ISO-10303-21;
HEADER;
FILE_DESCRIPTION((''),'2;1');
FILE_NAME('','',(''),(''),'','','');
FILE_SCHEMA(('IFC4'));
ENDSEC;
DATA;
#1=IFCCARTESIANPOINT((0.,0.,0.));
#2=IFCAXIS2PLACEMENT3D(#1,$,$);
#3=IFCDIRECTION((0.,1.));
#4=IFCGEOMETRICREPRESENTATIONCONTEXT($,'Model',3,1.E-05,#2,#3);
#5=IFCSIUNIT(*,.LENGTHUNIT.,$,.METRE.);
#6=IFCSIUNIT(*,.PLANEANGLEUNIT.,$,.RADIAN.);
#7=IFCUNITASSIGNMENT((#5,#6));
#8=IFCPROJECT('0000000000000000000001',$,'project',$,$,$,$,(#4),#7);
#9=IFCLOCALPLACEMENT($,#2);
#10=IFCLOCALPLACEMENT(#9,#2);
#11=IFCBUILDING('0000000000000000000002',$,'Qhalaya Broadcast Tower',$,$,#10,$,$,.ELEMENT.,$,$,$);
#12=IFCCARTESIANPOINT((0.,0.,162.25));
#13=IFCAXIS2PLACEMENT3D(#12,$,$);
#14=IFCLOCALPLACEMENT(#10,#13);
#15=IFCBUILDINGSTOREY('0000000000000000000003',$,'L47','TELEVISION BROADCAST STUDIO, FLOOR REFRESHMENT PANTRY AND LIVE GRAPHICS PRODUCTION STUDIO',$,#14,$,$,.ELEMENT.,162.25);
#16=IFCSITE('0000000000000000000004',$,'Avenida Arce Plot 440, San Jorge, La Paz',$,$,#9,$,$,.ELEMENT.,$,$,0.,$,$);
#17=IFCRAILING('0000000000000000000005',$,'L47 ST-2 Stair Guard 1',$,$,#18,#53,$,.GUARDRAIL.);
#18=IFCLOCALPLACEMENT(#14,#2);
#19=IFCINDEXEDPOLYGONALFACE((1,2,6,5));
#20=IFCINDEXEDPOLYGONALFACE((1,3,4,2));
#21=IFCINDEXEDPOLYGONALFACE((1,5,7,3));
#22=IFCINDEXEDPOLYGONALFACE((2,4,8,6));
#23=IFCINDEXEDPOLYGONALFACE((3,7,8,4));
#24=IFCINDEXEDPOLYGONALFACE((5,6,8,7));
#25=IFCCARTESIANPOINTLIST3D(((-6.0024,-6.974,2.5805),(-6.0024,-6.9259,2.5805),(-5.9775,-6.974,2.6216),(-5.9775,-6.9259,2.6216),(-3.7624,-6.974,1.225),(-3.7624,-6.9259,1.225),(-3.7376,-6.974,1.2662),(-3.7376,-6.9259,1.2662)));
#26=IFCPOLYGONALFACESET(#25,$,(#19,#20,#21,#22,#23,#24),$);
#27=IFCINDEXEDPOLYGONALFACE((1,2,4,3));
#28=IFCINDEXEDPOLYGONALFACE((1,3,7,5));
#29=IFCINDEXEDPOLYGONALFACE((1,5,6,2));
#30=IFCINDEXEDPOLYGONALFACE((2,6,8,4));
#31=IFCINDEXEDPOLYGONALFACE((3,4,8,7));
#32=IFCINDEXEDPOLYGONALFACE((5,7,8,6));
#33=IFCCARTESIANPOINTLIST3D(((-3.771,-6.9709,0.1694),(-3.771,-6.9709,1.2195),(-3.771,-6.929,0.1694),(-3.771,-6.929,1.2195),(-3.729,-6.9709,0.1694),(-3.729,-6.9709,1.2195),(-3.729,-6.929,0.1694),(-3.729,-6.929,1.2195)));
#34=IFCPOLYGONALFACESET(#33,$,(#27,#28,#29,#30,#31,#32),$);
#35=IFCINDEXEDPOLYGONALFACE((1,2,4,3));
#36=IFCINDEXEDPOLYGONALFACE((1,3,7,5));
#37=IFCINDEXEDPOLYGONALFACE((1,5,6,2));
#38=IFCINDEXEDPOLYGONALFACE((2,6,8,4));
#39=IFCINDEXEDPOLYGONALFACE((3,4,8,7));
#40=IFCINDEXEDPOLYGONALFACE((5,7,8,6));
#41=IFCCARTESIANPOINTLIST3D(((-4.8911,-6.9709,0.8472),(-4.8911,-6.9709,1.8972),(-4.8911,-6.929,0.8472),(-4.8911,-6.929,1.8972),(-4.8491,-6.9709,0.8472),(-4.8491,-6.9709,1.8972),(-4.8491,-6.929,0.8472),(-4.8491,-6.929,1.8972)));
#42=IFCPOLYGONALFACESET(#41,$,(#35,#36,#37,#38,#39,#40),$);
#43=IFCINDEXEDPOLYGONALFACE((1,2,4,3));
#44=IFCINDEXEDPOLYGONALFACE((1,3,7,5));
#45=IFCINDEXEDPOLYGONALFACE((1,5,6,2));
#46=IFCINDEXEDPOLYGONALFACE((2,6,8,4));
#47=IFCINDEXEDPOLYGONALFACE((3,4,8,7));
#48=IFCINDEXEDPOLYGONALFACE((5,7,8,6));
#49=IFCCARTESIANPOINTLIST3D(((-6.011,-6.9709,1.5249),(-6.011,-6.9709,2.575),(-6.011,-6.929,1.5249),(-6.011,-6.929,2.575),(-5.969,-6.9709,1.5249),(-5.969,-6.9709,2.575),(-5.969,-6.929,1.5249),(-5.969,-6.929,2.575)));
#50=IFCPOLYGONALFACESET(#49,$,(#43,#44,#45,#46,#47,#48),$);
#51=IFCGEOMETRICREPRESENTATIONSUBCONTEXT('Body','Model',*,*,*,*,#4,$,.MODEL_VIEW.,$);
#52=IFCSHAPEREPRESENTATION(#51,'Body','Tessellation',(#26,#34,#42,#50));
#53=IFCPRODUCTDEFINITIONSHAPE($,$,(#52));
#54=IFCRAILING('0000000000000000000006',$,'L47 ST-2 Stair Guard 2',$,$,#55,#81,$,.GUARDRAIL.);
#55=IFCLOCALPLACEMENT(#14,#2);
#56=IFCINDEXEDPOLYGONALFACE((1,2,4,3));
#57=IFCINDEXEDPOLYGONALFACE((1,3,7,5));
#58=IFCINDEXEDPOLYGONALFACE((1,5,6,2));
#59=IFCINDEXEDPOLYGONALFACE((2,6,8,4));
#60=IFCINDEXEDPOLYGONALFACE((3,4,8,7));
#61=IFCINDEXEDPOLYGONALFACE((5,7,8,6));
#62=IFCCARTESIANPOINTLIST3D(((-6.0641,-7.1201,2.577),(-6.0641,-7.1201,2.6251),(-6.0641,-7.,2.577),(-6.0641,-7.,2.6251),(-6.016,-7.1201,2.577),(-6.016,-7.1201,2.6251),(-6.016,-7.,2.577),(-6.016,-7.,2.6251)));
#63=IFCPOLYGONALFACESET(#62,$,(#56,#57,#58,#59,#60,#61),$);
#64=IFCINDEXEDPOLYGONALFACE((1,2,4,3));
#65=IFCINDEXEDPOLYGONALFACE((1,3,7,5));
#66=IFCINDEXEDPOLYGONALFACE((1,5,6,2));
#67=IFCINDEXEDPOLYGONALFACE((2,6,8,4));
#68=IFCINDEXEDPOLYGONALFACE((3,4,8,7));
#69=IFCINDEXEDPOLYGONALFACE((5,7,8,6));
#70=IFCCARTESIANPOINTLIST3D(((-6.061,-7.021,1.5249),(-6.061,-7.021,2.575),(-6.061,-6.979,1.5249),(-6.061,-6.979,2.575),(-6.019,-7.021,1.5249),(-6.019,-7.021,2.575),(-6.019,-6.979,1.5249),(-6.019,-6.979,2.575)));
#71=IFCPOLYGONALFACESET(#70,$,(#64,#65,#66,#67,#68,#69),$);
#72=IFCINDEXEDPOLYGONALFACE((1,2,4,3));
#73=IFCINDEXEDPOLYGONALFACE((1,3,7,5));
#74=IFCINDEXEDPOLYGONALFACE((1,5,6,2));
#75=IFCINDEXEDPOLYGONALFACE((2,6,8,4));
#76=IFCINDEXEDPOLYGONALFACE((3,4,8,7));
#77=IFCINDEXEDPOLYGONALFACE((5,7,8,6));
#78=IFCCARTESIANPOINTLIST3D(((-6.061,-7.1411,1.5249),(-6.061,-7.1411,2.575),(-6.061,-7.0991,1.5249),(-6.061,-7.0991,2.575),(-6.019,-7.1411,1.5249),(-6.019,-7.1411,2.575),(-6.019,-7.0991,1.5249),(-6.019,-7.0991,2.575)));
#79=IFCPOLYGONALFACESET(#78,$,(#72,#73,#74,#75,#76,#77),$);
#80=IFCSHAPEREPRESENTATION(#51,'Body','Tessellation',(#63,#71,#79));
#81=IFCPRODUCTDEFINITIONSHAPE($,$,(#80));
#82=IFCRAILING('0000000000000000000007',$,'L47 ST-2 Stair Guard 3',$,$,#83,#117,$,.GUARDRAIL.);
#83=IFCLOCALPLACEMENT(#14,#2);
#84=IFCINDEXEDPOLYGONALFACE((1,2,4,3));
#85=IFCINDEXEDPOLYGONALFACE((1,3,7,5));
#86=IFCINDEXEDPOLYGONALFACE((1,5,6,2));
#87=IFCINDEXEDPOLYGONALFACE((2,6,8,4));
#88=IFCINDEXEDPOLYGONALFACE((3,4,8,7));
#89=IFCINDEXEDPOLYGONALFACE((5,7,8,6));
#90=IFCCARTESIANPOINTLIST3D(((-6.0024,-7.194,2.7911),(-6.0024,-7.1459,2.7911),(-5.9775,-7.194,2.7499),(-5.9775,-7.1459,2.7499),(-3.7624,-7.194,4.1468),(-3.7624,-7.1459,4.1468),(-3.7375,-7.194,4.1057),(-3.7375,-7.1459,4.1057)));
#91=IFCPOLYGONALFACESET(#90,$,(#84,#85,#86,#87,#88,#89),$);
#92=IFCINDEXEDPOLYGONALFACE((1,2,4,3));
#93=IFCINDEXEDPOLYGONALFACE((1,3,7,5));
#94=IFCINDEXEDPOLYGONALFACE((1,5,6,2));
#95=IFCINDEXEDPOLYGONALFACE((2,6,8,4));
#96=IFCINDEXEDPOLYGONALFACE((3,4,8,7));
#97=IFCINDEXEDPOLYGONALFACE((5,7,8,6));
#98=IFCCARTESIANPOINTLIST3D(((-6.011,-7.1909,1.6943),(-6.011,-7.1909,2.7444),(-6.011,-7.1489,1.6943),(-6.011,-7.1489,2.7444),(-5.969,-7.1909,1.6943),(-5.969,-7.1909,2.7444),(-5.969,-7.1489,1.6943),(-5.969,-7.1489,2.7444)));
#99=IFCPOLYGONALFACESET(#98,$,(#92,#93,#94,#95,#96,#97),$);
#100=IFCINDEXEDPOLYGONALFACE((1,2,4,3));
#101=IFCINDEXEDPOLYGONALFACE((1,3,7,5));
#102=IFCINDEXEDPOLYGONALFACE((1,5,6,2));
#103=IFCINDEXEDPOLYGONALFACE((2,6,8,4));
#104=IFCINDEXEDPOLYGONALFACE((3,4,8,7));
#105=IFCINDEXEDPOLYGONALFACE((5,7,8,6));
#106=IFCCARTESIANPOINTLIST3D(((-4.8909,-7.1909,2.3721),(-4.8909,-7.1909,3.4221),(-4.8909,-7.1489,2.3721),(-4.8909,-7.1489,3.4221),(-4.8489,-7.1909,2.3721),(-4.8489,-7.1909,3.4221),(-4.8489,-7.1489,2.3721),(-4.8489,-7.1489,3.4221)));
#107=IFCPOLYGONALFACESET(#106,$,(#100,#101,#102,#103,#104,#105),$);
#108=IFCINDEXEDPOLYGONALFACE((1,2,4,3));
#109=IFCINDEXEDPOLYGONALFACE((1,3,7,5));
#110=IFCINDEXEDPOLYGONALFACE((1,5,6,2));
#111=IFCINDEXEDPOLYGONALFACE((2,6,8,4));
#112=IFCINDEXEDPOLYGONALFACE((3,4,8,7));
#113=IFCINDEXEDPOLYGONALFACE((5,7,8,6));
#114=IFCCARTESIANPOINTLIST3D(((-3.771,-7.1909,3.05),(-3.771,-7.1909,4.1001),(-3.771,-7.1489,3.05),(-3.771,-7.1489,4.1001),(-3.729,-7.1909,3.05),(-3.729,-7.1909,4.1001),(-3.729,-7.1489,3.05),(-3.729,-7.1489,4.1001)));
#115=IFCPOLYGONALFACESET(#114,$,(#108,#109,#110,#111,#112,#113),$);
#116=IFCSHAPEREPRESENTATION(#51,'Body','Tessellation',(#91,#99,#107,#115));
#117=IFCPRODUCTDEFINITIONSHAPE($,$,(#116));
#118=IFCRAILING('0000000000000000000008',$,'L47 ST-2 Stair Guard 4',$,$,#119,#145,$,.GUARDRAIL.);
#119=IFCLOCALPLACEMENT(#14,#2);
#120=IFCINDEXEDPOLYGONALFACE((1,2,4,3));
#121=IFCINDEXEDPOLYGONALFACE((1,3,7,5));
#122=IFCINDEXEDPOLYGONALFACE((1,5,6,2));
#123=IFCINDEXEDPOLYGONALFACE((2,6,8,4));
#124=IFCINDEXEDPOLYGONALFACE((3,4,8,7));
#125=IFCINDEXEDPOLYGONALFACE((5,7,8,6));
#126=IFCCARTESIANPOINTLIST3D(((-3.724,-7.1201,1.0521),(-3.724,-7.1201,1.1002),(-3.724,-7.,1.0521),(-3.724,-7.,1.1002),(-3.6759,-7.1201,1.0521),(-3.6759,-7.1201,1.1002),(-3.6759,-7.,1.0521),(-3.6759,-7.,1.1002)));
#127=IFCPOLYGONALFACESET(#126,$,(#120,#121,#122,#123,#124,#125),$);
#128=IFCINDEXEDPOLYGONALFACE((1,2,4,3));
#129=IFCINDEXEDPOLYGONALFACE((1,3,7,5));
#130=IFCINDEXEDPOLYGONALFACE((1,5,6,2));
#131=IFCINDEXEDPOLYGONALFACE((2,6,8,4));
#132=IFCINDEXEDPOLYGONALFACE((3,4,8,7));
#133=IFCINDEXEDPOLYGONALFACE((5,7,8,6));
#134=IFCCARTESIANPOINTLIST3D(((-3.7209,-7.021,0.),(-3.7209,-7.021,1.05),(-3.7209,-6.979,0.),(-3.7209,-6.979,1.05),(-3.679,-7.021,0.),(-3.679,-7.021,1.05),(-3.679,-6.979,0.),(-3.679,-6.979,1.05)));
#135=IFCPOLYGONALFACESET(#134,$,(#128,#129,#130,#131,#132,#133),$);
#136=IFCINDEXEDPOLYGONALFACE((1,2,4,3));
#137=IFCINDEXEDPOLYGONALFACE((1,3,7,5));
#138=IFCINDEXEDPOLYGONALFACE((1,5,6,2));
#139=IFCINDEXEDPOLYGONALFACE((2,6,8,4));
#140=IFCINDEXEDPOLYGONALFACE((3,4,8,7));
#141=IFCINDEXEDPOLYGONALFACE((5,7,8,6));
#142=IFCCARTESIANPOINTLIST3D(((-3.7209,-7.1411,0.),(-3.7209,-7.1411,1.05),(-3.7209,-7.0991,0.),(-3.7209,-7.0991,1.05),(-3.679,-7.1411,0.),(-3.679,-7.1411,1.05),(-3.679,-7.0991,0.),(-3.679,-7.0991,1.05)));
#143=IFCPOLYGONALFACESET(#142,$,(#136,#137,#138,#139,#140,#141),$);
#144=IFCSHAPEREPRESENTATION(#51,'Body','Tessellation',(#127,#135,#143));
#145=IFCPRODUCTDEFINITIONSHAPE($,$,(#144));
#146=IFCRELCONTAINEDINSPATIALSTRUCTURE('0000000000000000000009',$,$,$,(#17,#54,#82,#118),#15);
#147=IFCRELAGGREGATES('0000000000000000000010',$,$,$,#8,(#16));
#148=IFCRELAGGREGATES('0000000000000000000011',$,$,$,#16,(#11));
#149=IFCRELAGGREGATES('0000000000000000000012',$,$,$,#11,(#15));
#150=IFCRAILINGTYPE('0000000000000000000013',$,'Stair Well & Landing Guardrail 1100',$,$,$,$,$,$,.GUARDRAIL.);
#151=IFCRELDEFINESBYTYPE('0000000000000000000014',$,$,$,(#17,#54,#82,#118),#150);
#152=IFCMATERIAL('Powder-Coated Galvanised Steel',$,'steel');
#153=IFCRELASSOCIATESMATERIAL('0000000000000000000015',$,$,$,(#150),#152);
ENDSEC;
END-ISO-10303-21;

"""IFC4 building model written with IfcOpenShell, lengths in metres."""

from ifc_helpers import new_model, si_unit, direction, frame, origin, origin_2d, place, context, subcontext, project, spatial, rectangle, extrude, material, type_object, element, save


model = new_model("IFC4")

# Units and contexts
model_context = context("Model", 3, precision=1e-05, world=origin(), true_north=direction((0.0, 1.0)))
body_context = subcontext(model_context, "Body", "Model", "MODEL_VIEW")
ifc_project = project(units=[si_unit("LENGTHUNIT", "METRE"), si_unit("PLANEANGLEUNIT", "RADIAN")], contexts=[model_context])

# Site, building, storey
site_placement = place(None, origin())
site = spatial("IfcSite", under=ifc_project, at=site_placement, Name="Avenida Arce Plot 440, San Jorge, La Paz", CompositionType="ELEMENT", RefElevation=0.0)
building_placement = place(site_placement, origin())
building = spatial("IfcBuilding", under=site, at=building_placement, Name="Qhalaya Broadcast Tower", CompositionType="ELEMENT")
storey_placement = place(building_placement, frame((0.0, 0.0, 162.25)))
storey = spatial("IfcBuildingStorey", under=building, at=storey_placement, Name="L47", Description="TELEVISION BROADCAST STUDIO, FLOOR REFRESHMENT PANTRY AND LIVE GRAPHICS PRODUCTION STUDIO", CompositionType="ELEMENT", Elevation=162.25)

# Railings
ifc_material_1 = material(Name="Powder-Coated Galvanised Steel", Category="steel")
railing_type_1 = type_object("IfcRailingType", Name="Stair Well & Landing Guardrail 1100", PredefinedType="GUARDRAIL", material=ifc_material_1)
railing_1_placement = place(storey_placement, frame((-3.75, -6.95, 0.1694)))
element("IfcRailing", 1, at=railing_1_placement, inside=storey, type_object=railing_type_1, Name="L47 ST-2 Stair Guard 1", PredefinedType="GUARDRAIL", context=body_context, shape_type="SweptSolid", body=[
    extrude(rectangle(XDim=0.0481, YDim=0.0481, at=origin_2d()), frame((0.0, 0.0, 1.0762), z_axis=(-0.855553, 0.0, 0.517715), x_axis=(0.0, -1.0, 0.0)), (0.0, 0.0, 1.0), 2.6182),
    extrude(rectangle(XDim=0.042, YDim=0.042, at=origin_2d()), origin(), (0.0, 0.0, 1.0), 1.05),
    extrude(rectangle(XDim=0.042, YDim=0.042, at=origin_2d()), frame((-1.1201, 0.0, 0.6777)), (0.0, 0.0, 1.0), 1.05),
    extrude(rectangle(XDim=0.042, YDim=0.042, at=origin_2d()), frame((-2.24, 0.0, 1.3555)), (0.0, 0.0, 1.0), 1.05),
])
railing_2_placement = place(storey_placement, frame((-6.04, -7.0, 1.5249)))
element("IfcRailing", 2, at=railing_2_placement, inside=storey, type_object=railing_type_1, Name="L47 ST-2 Stair Guard 2", PredefinedType="GUARDRAIL", context=body_context, shape_type="SweptSolid", body=[
    extrude(rectangle(XDim=0.0481, YDim=0.0481, at=origin_2d()), frame((0.0, 0.0, 1.0762), z_axis=(0.0, -1.0, 0.0), x_axis=(1.0, 0.0, 0.0)), (0.0, 0.0, 1.0), 0.1201),
    extrude(rectangle(XDim=0.042, YDim=0.042, at=origin_2d()), origin(), (0.0, 0.0, 1.0), 1.05),
    extrude(rectangle(XDim=0.042, YDim=0.042, at=origin_2d()), frame((0.0, -0.1201, 0.0)), (0.0, 0.0, 1.0), 1.05),
])
railing_3_placement = place(storey_placement, frame((-5.99, -7.1699, 1.6943)))
element("IfcRailing", 3, at=railing_3_placement, inside=storey, type_object=railing_type_1, Name="L47 ST-2 Stair Guard 3", PredefinedType="GUARDRAIL", context=body_context, shape_type="SweptSolid", body=[
    extrude(rectangle(XDim=0.0481, YDim=0.0481, at=origin_2d()), frame((0.0, 0.0, 1.0762), z_axis=(0.855512, 0.0, 0.517783), x_axis=(0.0, 1.0, 0.0)), (0.0, 0.0, 1.0), 2.6184),
    extrude(rectangle(XDim=0.042, YDim=0.042, at=origin_2d()), origin(), (0.0, 0.0, 1.0), 1.05),
    extrude(rectangle(XDim=0.042, YDim=0.042, at=origin_2d()), frame((1.1201, 0.0, 0.6777)), (0.0, 0.0, 1.0), 1.05),
    extrude(rectangle(XDim=0.042, YDim=0.042, at=origin_2d()), frame((2.24, 0.0, 1.3557)), (0.0, 0.0, 1.0), 1.05),
])
railing_4_placement = place(storey_placement, frame((-3.7, -7.0, 0.0)))
element("IfcRailing", 4, at=railing_4_placement, inside=storey, type_object=railing_type_1, Name="L47 ST-2 Stair Guard 4", PredefinedType="GUARDRAIL", context=body_context, shape_type="SweptSolid", body=[
    extrude(rectangle(XDim=0.0481, YDim=0.0481, at=origin_2d()), frame((0.0, 0.0, 1.0762), z_axis=(0.0, -1.0, 0.0), x_axis=(1.0, 0.0, 0.0)), (0.0, 0.0, 1.0), 0.1201),
    extrude(rectangle(XDim=0.042, YDim=0.042, at=origin_2d()), origin(), (0.0, 0.0, 1.0), 1.05),
    extrude(rectangle(XDim=0.042, YDim=0.042, at=origin_2d()), frame((0.0, -0.1201, 0.0)), (0.0, 0.0, 1.0), 1.05),
])

save(model, "model.ifc")
